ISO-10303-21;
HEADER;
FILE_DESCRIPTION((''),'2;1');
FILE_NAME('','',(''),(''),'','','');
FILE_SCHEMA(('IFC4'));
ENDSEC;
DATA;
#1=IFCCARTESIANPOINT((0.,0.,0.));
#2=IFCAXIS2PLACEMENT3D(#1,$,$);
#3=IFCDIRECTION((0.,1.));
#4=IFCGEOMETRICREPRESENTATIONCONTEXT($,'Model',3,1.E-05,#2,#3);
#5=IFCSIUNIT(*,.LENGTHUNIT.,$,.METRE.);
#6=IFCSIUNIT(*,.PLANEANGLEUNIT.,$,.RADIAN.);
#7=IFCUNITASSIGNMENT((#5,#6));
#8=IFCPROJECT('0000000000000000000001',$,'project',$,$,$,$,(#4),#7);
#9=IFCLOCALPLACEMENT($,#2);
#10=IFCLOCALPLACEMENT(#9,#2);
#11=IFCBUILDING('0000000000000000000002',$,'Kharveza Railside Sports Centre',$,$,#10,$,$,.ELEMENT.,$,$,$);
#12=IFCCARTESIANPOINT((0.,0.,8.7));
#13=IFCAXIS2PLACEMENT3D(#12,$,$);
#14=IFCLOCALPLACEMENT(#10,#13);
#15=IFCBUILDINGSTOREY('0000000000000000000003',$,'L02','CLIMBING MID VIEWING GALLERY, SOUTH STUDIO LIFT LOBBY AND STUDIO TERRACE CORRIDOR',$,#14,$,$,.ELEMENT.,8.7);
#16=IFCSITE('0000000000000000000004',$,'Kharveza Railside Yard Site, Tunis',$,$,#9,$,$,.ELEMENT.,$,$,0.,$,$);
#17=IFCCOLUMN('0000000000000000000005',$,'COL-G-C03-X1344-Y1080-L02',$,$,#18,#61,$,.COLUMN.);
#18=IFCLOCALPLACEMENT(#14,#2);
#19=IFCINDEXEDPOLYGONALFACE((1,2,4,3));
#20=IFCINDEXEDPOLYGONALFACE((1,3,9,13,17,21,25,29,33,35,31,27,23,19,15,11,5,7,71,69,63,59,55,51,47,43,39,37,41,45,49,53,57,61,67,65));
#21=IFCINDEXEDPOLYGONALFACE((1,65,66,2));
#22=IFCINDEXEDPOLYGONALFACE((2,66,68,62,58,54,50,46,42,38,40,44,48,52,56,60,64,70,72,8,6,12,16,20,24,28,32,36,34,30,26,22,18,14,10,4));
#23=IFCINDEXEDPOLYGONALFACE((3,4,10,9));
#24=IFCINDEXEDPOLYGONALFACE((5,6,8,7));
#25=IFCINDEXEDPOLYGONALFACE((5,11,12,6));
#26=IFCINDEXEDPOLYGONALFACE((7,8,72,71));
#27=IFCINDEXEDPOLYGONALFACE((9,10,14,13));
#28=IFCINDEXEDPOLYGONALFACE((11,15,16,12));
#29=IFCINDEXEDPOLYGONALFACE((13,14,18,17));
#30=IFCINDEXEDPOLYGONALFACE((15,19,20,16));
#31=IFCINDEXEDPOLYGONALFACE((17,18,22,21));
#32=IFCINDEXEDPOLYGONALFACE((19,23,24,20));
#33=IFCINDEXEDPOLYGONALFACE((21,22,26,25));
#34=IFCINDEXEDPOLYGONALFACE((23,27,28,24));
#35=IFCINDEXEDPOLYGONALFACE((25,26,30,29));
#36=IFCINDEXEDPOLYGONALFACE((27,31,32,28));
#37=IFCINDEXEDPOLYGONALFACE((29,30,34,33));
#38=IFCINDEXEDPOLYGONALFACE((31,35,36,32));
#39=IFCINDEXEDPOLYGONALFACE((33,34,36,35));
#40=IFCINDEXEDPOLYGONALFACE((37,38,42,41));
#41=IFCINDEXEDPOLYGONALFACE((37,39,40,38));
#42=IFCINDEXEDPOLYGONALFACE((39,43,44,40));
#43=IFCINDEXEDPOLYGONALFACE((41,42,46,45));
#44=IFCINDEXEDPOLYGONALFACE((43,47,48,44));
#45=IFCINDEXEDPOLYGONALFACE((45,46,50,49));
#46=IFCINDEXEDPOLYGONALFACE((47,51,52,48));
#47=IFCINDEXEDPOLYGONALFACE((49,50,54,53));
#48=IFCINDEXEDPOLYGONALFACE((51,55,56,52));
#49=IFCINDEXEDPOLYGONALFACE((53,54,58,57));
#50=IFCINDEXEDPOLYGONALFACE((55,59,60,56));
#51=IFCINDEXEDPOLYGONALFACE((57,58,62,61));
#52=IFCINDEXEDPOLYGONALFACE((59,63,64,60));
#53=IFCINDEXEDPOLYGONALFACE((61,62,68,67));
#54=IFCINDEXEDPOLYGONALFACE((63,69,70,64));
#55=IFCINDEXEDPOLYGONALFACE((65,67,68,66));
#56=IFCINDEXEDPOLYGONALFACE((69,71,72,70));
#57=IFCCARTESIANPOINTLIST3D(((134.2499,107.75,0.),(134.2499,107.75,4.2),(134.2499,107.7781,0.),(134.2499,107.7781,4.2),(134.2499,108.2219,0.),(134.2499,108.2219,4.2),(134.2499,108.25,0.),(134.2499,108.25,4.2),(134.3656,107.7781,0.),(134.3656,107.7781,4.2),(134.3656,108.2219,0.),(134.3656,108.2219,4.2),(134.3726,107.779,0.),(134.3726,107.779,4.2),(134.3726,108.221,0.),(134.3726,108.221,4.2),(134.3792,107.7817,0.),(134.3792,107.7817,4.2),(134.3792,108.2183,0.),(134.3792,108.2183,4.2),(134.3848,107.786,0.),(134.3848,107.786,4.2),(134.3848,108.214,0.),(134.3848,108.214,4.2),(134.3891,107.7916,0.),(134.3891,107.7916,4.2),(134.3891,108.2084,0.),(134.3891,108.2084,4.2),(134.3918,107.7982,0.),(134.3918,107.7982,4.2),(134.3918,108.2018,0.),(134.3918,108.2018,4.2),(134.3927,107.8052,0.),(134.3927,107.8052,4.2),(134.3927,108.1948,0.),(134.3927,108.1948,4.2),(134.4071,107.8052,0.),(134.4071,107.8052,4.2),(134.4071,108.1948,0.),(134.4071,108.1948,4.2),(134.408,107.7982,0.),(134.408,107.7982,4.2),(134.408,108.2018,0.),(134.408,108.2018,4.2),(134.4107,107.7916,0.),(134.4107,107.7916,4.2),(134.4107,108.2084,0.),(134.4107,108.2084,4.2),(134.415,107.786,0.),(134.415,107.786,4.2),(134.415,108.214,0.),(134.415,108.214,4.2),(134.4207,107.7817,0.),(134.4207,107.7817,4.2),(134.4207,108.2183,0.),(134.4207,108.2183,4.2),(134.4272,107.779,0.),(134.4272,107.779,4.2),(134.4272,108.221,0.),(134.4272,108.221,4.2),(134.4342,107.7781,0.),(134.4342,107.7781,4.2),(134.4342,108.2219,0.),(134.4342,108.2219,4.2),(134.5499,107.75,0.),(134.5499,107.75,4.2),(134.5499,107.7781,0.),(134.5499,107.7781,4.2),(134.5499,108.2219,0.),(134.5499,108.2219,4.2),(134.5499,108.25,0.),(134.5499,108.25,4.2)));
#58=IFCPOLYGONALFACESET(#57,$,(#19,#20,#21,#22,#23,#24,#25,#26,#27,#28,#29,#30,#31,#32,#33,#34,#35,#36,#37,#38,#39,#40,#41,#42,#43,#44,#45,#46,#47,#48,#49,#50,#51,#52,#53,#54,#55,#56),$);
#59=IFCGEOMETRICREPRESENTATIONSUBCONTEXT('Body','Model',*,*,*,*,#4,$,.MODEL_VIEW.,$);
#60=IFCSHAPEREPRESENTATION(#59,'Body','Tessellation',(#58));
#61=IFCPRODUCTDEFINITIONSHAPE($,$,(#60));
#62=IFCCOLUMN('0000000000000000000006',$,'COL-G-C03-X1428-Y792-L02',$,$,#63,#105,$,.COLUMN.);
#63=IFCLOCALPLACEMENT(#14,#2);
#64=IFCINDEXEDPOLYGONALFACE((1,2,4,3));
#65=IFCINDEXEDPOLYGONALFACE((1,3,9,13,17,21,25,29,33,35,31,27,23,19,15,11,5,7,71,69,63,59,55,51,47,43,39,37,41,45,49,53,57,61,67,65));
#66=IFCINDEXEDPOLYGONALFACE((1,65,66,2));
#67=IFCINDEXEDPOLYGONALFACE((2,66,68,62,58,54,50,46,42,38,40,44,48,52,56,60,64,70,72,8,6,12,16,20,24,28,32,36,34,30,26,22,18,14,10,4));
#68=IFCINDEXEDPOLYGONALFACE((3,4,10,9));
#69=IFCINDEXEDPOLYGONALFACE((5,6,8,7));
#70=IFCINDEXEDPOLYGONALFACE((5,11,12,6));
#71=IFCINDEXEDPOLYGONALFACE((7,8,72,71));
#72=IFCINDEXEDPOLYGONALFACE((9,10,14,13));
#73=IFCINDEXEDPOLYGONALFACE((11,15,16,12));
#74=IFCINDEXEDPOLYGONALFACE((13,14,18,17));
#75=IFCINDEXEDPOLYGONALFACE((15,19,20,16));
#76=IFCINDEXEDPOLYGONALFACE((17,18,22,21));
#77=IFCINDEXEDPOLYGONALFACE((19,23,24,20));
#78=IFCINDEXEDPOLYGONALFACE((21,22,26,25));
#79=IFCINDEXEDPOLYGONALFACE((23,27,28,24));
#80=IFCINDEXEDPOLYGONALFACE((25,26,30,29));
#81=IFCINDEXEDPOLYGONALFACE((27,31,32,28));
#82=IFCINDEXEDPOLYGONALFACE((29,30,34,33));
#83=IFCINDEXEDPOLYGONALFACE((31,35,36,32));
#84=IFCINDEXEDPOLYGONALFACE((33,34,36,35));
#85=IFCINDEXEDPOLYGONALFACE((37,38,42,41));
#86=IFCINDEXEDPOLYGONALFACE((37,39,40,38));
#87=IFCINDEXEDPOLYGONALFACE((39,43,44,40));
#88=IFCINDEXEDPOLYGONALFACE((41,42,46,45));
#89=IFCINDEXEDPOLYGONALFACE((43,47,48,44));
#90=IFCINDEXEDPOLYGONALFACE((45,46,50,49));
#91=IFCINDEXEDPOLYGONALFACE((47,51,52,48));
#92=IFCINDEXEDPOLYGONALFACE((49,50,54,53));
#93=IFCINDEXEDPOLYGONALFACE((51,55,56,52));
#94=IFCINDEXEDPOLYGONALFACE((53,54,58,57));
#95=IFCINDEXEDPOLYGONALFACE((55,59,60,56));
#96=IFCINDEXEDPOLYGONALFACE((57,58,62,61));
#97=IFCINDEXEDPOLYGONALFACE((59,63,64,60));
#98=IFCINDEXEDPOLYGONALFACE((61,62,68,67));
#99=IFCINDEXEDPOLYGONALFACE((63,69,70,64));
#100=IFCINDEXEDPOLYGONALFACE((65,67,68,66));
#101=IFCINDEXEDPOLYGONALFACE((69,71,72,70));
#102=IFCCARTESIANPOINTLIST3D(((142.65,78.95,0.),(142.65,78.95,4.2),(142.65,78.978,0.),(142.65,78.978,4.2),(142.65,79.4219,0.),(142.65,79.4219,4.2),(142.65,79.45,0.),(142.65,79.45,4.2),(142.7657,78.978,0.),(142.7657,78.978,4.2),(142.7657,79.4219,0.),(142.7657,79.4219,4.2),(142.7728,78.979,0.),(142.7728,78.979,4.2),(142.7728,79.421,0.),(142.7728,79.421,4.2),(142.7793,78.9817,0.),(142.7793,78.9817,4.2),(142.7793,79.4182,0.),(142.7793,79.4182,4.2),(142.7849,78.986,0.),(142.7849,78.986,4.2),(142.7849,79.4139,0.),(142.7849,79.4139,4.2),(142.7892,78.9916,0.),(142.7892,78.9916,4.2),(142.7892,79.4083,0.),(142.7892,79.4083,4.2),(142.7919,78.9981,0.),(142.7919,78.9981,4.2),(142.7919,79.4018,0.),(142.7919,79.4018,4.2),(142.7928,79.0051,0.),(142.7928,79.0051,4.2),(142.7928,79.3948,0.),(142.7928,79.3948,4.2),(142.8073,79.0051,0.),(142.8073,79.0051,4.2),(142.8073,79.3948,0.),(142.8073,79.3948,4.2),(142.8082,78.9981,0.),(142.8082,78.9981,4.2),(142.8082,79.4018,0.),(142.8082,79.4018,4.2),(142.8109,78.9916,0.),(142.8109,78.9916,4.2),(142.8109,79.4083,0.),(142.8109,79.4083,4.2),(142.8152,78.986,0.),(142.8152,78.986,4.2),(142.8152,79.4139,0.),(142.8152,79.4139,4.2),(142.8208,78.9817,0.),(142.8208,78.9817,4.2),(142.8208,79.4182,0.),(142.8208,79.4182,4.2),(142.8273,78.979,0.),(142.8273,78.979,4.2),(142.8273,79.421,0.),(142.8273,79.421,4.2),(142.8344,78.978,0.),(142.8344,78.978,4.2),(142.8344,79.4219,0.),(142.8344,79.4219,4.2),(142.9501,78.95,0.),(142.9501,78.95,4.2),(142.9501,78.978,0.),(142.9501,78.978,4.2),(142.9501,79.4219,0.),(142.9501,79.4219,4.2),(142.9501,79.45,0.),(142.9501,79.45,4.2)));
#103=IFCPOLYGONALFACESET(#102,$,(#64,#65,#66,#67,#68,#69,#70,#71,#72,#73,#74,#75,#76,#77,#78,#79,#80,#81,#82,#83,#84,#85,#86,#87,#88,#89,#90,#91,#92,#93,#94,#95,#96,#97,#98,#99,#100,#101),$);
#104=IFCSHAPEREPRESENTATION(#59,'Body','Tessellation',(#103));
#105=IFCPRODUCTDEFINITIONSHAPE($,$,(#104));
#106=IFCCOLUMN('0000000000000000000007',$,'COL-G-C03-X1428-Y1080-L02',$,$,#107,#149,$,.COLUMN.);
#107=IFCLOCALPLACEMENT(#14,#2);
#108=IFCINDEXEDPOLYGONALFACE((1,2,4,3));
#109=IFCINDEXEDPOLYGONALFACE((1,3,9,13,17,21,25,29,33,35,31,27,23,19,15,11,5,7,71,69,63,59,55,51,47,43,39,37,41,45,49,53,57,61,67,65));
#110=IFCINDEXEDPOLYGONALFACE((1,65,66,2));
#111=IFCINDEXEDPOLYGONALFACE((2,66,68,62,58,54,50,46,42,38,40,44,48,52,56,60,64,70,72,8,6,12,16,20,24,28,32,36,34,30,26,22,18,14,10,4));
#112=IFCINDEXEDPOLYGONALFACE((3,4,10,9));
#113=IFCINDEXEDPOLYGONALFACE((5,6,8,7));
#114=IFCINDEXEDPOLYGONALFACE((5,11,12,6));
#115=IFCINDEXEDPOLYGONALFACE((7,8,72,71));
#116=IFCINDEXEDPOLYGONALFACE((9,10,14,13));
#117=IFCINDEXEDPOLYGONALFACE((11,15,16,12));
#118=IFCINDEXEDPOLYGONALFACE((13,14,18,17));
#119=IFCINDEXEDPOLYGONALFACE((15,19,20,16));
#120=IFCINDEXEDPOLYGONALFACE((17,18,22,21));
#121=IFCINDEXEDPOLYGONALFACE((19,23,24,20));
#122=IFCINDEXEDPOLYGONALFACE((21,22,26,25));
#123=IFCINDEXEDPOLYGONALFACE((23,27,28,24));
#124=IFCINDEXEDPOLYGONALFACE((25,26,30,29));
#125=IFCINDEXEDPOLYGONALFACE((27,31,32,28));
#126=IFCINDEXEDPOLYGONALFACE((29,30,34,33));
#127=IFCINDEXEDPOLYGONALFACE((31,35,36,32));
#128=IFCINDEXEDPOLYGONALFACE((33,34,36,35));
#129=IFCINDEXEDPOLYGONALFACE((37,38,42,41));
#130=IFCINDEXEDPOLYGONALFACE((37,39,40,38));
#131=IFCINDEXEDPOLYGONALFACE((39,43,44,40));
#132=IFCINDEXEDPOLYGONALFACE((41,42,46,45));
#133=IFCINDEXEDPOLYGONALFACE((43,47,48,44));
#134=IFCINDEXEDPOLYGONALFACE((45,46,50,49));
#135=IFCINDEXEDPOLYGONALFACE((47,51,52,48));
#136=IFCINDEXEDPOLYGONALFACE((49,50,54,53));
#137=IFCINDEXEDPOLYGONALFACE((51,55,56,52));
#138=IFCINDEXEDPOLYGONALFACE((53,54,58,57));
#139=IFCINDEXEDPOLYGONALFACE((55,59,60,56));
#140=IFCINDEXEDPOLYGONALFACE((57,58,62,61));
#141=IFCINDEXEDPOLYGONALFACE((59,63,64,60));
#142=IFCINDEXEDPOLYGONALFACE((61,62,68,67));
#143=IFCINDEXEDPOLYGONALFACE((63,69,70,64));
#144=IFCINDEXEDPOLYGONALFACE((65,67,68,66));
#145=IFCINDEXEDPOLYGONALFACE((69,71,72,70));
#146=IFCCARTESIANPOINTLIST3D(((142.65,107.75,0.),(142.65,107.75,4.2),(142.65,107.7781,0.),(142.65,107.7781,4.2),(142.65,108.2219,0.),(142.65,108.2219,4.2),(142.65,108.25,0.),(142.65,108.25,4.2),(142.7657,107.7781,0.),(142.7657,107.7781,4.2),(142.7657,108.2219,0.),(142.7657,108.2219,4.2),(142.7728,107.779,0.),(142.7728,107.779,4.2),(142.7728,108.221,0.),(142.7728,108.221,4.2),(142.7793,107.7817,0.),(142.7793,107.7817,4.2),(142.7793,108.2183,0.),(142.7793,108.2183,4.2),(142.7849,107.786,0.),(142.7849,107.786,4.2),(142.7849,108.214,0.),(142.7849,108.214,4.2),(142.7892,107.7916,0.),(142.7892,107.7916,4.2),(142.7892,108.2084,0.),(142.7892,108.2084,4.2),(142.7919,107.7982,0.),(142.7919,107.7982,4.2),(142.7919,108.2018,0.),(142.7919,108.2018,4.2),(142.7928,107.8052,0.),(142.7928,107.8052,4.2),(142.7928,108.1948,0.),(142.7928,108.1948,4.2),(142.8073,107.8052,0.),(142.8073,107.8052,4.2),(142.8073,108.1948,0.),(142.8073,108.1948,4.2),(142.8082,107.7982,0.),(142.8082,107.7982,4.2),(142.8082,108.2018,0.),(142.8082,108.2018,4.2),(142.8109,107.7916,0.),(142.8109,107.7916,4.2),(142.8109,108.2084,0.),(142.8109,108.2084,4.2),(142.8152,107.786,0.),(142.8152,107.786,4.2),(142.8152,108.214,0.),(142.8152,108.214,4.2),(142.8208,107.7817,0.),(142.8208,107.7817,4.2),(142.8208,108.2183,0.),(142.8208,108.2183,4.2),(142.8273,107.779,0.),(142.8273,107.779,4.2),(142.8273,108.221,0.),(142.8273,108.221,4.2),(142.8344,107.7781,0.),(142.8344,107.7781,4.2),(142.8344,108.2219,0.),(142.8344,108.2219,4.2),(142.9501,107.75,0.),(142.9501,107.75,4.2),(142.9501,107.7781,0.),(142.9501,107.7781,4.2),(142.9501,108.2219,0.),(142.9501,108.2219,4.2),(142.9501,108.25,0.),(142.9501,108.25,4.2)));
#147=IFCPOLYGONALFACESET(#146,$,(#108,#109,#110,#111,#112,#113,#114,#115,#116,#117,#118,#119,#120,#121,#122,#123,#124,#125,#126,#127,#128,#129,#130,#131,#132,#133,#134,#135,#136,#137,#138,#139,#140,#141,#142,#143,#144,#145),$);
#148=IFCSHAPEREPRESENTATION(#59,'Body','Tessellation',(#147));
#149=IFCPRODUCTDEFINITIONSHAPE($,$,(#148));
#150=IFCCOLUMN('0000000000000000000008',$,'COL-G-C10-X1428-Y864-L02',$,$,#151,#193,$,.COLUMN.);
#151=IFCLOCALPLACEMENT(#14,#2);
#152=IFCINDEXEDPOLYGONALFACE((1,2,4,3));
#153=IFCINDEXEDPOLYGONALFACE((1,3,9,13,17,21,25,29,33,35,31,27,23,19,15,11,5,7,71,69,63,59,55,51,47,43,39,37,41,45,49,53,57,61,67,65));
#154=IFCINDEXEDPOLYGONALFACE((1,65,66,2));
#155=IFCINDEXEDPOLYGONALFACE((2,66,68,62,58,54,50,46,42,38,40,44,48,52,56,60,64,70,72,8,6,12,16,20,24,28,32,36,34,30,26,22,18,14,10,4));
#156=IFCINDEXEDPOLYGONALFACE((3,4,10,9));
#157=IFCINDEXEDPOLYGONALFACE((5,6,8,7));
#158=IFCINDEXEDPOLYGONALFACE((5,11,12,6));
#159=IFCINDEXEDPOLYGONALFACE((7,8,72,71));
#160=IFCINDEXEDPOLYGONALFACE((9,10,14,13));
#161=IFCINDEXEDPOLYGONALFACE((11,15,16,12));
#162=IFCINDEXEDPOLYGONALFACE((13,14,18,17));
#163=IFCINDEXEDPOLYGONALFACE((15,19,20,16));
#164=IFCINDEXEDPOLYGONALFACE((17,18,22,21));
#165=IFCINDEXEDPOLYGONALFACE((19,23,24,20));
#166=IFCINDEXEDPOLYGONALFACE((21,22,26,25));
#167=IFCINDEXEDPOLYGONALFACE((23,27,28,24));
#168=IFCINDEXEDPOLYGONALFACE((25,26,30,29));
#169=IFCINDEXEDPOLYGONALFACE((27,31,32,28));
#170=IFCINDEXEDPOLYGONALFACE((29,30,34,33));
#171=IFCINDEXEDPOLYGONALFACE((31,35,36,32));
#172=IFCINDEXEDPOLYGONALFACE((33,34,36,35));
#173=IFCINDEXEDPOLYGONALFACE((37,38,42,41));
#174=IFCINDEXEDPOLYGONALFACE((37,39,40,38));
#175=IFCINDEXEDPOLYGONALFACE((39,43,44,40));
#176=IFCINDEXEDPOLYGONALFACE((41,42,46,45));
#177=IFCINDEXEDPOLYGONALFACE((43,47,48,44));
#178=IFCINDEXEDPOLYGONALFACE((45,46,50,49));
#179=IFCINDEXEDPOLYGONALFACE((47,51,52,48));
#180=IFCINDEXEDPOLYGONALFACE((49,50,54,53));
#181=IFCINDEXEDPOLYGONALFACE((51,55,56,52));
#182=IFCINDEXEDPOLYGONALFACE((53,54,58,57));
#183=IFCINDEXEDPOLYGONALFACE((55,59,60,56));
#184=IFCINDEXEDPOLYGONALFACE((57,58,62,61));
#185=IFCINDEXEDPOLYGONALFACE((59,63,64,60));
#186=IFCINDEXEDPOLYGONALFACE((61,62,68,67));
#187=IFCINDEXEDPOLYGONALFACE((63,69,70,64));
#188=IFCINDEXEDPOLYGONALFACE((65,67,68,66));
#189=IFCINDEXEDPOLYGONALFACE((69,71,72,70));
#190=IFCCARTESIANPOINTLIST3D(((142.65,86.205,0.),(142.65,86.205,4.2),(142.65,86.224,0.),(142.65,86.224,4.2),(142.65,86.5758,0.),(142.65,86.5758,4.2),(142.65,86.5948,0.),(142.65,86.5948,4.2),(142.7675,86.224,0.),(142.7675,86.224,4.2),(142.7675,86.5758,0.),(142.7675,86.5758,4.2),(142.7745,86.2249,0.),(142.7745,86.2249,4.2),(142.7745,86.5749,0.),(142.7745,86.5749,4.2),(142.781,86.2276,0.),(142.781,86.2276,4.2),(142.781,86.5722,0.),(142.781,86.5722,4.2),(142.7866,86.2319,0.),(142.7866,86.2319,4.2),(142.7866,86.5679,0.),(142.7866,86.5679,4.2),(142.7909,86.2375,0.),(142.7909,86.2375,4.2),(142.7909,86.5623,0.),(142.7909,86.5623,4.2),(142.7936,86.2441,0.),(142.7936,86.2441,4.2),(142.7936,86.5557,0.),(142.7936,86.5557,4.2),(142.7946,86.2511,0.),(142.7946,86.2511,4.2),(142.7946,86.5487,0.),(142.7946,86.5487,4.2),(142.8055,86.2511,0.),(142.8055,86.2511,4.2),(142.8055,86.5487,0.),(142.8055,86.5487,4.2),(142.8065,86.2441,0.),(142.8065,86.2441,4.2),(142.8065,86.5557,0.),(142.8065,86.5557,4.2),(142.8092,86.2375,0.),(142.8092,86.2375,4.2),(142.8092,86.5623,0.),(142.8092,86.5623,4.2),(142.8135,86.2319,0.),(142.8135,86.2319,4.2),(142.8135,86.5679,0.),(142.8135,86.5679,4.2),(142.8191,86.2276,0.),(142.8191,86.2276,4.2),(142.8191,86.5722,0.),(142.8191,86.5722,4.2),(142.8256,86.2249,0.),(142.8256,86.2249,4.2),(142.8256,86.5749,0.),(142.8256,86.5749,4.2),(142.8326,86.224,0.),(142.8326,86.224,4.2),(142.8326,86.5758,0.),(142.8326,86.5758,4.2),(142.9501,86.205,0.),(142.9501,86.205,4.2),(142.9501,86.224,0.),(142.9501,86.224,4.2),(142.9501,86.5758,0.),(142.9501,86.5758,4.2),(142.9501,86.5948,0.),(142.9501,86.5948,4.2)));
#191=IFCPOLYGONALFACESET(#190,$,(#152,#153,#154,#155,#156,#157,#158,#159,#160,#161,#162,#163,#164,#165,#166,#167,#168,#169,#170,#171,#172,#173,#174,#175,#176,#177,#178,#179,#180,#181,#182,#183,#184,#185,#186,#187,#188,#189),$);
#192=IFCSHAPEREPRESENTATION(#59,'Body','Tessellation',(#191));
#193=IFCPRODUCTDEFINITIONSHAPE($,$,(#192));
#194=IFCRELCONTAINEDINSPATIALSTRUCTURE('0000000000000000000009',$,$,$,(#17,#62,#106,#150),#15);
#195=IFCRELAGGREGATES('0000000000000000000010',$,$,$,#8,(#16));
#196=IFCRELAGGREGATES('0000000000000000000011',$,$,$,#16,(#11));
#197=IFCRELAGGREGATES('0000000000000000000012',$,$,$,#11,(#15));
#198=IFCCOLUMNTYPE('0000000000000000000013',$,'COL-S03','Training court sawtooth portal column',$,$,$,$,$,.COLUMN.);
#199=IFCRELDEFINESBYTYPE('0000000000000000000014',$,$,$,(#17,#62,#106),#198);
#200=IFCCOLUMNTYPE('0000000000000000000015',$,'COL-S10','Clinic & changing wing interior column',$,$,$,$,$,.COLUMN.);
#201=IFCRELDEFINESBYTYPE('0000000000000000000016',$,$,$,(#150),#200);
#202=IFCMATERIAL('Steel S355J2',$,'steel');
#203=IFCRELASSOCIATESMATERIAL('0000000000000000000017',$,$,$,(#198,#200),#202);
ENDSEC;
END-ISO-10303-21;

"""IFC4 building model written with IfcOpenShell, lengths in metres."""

from ifc_helpers import new_model, si_unit, direction, frame, origin, origin_2d, place, context, subcontext, project, spatial, i_section, extrude, material, material_profile, profile_set, type_object, element, save


model = new_model("IFC4")

# Units and contexts
model_context = context("Model", 3, precision=1e-05, world=origin(), true_north=direction((0.0, 1.0)))
body_context = subcontext(model_context, "Body", "Model", "MODEL_VIEW")
ifc_project = project(units=[si_unit("LENGTHUNIT", "METRE"), si_unit("PLANEANGLEUNIT", "RADIAN")], contexts=[model_context])

# Site, building, storey
site_placement = place(None, origin())
site = spatial("IfcSite", under=ifc_project, at=site_placement, Name="Kharveza Railside Yard Site, Tunis", CompositionType="ELEMENT", RefElevation=0.0)
building_placement = place(site_placement, origin())
building = spatial("IfcBuilding", under=site, at=building_placement, Name="Kharveza Railside Sports Centre", CompositionType="ELEMENT")
storey_placement = place(building_placement, frame((0.0, 0.0, 8.7)))
storey = spatial("IfcBuildingStorey", under=building, at=storey_placement, Name="L02", Description="CLIMBING MID VIEWING GALLERY, SOUTH STUDIO LIFT LOBBY AND STUDIO TERRACE CORRIDOR", CompositionType="ELEMENT", Elevation=8.7)

# Columns
ifc_material_1 = material(Name="Steel S355J2", Category="steel")
ifc_material_profile_1 = material_profile(ifc_material_1, i_section(OverallWidth=0.3, OverallDepth=0.5, WebThickness=0.0144, FlangeThickness=0.0281, FilletRadius=0.0271, at=origin_2d()), Name="HEB 500")
ifc_profile_set_1 = profile_set([ifc_material_profile_1], Name="Steel S355J2")
column_type_1 = type_object("IfcColumnType", Name="COL-S03", Description="Training court sawtooth portal column", PredefinedType="COLUMN", material=ifc_profile_set_1)
for number, where, z_axis, x_axis, name in (
    (1, (134.3999, 108.0, 0.0), (0.0, 0.0, 1.0), (1.0, 0.0, 0.0), "COL-G-C03-X1344-Y1080-L02"),
    (2, (142.8, 79.2, 0.0), (0.0, 0.0, 1.0), (1.0, 0.0, 0.0), "COL-G-C03-X1428-Y792-L02"),
    (3, (142.8, 108.0, 0.0), (0.0, 0.0, 1.0), (1.0, 0.0, 0.0), "COL-G-C03-X1428-Y1080-L02"),
):
    element("IfcColumn", number, at=place(storey_placement, frame(where, z_axis=z_axis, x_axis=x_axis)), inside=storey, type_object=column_type_1, Name=name, PredefinedType="COLUMN", context=body_context, shape_type="SweptSolid", body=[
        extrude(i_section(OverallWidth=0.3, OverallDepth=0.5, WebThickness=0.0144, FlangeThickness=0.0281, FilletRadius=0.0271, at=origin_2d()), origin(), (0.0, 0.0, 1.0), 4.2),
    ])
ifc_material_profile_2 = material_profile(ifc_material_1, i_section(OverallWidth=0.3, OverallDepth=0.3899, WebThickness=0.011, FlangeThickness=0.019, FilletRadius=0.0271, at=origin_2d()), Name="HEA 400")
ifc_profile_set_2 = profile_set([ifc_material_profile_2], Name="Steel S355J2")
column_type_2 = type_object("IfcColumnType", Name="COL-S10", Description="Clinic & changing wing interior column", PredefinedType="COLUMN", material=ifc_profile_set_2)
column_placement = place(storey_placement, frame((142.8, 86.3999, 0.0), z_axis=(0.0, 0.0, 1.0), x_axis=(1.0, 0.0, 0.0)))
element("IfcColumn", 4, at=column_placement, inside=storey, type_object=column_type_2, Name="COL-G-C10-X1428-Y864-L02", PredefinedType="COLUMN", context=body_context, shape_type="SweptSolid", body=[
    extrude(i_section(OverallWidth=0.3, OverallDepth=0.3899, WebThickness=0.011, FlangeThickness=0.019, FilletRadius=0.0271, at=origin_2d()), origin(), (0.0, 0.0, 1.0), 4.2),
])

save(model, "model.ifc")
